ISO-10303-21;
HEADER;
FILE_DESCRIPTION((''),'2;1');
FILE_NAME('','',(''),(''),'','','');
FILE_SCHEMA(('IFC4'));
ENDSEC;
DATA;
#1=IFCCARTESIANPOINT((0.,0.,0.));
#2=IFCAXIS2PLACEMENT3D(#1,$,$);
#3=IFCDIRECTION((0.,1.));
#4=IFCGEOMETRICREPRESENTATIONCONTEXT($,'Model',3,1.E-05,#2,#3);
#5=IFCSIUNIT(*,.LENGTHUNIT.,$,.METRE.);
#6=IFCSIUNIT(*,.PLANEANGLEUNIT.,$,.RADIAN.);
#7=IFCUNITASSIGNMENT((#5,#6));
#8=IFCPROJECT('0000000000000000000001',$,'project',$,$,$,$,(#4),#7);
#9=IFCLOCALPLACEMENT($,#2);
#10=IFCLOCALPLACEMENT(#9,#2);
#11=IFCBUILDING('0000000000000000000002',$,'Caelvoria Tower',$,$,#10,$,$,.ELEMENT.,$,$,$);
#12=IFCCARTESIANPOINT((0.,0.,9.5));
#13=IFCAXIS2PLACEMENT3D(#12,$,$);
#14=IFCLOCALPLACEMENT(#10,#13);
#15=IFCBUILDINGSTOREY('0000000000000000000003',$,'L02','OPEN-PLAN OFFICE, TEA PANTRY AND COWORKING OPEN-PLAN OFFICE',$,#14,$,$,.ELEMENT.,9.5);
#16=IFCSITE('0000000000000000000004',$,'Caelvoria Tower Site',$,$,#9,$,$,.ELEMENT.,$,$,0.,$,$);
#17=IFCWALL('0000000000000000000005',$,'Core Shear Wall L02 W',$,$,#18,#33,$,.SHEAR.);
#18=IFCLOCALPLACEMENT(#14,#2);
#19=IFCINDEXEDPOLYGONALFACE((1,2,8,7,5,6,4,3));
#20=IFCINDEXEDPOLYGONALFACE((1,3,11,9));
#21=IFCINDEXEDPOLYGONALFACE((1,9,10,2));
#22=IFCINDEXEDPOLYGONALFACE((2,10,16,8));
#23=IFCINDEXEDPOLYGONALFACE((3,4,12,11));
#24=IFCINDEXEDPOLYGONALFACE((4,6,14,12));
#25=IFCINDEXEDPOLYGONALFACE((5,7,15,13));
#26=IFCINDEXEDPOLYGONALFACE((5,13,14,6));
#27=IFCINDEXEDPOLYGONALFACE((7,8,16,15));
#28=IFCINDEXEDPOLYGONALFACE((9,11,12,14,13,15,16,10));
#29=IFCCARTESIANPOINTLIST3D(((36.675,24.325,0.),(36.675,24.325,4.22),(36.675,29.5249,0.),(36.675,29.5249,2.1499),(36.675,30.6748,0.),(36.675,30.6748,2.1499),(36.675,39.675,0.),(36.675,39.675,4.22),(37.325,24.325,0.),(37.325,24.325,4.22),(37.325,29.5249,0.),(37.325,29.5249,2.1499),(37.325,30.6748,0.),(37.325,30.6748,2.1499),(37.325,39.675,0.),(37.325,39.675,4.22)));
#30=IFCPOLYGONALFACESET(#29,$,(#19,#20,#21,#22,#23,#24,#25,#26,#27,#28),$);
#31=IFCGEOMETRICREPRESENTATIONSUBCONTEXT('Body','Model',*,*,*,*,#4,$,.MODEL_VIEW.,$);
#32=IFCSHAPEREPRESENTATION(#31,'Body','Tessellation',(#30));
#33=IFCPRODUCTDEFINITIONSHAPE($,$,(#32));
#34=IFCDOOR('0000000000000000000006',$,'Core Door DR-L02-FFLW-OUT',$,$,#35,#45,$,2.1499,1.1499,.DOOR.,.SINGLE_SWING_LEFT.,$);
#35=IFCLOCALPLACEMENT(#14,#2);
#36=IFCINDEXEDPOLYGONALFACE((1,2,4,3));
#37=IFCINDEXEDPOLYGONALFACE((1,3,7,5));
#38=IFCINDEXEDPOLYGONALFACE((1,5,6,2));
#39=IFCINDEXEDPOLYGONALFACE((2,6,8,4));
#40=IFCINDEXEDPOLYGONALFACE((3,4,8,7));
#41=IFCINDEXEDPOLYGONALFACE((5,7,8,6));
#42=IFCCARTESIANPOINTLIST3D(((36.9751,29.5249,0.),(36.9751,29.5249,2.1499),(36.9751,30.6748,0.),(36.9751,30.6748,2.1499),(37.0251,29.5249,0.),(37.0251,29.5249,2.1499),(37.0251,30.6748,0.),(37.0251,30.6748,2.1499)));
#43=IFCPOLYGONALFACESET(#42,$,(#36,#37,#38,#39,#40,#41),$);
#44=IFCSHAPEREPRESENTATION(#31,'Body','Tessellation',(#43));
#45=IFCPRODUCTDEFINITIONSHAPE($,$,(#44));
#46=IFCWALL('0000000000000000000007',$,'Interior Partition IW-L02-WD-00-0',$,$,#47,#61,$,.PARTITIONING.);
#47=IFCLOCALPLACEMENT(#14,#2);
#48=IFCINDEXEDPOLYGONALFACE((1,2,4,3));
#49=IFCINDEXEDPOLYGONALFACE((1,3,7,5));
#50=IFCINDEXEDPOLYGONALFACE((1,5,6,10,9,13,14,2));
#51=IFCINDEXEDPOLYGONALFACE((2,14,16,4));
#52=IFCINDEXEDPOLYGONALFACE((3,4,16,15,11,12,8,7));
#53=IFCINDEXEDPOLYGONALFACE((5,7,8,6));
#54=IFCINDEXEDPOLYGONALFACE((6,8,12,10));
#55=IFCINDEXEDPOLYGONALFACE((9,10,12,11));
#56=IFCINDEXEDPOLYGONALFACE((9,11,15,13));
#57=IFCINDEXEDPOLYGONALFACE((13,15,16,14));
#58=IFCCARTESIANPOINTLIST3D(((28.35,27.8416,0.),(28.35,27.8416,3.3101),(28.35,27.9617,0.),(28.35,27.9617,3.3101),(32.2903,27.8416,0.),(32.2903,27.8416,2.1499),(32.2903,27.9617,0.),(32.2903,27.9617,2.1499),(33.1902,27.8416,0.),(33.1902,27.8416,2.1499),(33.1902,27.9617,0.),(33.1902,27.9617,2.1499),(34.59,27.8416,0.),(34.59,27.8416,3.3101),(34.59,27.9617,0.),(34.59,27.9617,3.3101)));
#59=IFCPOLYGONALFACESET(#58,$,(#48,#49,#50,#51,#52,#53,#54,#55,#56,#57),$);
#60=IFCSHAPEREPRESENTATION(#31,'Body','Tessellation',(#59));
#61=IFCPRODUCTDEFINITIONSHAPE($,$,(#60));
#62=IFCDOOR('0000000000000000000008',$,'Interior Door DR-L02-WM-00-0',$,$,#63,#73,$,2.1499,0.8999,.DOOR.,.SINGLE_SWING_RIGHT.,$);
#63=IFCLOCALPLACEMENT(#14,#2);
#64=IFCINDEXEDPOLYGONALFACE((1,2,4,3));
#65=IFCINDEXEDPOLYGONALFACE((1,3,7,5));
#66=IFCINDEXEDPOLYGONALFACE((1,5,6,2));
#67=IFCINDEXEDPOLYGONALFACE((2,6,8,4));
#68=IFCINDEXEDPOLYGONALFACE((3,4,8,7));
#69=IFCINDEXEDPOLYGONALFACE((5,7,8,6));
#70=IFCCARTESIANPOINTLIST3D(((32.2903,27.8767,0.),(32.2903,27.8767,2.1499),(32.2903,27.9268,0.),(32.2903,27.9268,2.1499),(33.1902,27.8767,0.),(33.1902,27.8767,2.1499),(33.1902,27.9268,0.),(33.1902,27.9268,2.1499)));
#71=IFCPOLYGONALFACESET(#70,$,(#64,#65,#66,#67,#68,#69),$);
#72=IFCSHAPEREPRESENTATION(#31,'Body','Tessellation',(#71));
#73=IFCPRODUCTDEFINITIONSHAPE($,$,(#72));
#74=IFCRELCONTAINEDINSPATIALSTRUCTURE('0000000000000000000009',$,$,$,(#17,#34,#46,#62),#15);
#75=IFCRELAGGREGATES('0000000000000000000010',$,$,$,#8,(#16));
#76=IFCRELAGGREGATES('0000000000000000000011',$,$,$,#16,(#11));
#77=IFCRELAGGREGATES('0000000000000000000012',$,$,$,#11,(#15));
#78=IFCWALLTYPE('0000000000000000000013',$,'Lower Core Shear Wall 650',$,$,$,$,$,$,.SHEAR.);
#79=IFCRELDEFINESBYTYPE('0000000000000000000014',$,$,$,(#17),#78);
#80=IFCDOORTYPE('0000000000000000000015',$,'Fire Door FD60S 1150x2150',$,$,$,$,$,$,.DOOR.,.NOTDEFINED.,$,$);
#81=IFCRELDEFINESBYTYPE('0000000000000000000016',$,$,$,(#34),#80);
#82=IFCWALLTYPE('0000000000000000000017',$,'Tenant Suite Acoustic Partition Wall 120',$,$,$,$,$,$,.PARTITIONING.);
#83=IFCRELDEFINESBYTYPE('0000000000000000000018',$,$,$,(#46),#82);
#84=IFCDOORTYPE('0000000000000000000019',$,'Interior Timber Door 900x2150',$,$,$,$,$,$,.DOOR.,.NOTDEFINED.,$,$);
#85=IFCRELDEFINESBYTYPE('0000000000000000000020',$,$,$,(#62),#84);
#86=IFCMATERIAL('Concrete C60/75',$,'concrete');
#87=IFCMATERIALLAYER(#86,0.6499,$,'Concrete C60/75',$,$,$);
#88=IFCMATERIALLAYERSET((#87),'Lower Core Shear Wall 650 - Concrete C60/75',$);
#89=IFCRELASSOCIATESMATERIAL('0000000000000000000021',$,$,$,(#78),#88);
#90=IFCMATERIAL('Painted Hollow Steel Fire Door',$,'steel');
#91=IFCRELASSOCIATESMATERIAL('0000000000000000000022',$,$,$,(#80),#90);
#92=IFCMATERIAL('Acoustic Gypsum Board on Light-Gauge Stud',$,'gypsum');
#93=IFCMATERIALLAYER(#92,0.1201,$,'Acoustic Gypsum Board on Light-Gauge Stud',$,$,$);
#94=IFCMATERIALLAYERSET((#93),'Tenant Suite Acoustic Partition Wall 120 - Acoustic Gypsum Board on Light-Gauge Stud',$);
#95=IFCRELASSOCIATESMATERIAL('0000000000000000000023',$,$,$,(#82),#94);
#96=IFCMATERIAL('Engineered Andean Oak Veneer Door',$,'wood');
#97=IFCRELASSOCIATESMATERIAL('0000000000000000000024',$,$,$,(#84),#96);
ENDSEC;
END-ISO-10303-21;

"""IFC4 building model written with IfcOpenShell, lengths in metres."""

from ifc_helpers import new_model, si_unit, direction, frame, frame_2d, origin, place, context, subcontext, project, spatial, rectangle, extrude, material, layer, layer_set, type_object, element, fill, save


model = new_model("IFC4")

# Units and contexts
model_context = context("Model", 3, precision=1e-05, world=origin(), true_north=direction((0.0, 1.0)))
body_context = subcontext(model_context, "Body", "Model", "MODEL_VIEW")
ifc_project = project(units=[si_unit("LENGTHUNIT", "METRE"), si_unit("PLANEANGLEUNIT", "RADIAN")], contexts=[model_context])

# Site, building, storey
site_placement = place(None, origin())
site = spatial("IfcSite", under=ifc_project, at=site_placement, Name="Caelvoria Tower Site", CompositionType="ELEMENT", RefElevation=0.0)
building_placement = place(site_placement, origin())
building = spatial("IfcBuilding", under=site, at=building_placement, Name="Caelvoria Tower", CompositionType="ELEMENT")
storey_placement = place(building_placement, frame((0.0, 0.0, 9.5)))
storey = spatial("IfcBuildingStorey", under=building, at=storey_placement, Name="L02", Description="OPEN-PLAN OFFICE, TEA PANTRY AND COWORKING OPEN-PLAN OFFICE", CompositionType="ELEMENT", Elevation=9.5)

# Shared definitions
ifc_material_1 = material(Name="Painted Hollow Steel Fire Door", Category="steel")

# Shared definitions
ifc_material_2 = material(Name="Concrete C60/75", Category="concrete")
ifc_layer_1 = layer(ifc_material_2, 0.6499, Name="Concrete C60/75")
ifc_layer_set_1 = layer_set([ifc_layer_1], Name="Lower Core Shear Wall 650 - Concrete C60/75")
wall_type_1 = type_object("IfcWallType", Name="Lower Core Shear Wall 650", PredefinedType="SHEAR", material=ifc_layer_set_1)

# Walls, openings, doors
wall_1_placement = place(storey_placement, frame((37.0, 24.325, 0.0), z_axis=(0.0, 0.0, 1.0), x_axis=(0.0, 1.0, 0.0)))
wall_1 = element("IfcWall", 1, at=wall_1_placement, inside=storey, type_object=wall_type_1, Name="Core Shear Wall L02 W", PredefinedType="SHEAR", context=body_context, shape_type="SweptSolid", body=[
    extrude(rectangle(XDim=15.3501, YDim=0.6499, at=frame_2d((7.675, 0.0))), origin(), (0.0, 0.0, 1.0), 4.22),
])
opening_1_placement = place(wall_1_placement, frame((5.2, 0.0, 0.0)))
opening_1 = element("IfcOpeningElement", 2, at=opening_1_placement, cuts=wall_1, PredefinedType="OPENING", context=body_context, shape_type="SweptSolid", body=[
    extrude(rectangle(XDim=1.1499, YDim=2.1499, at=frame_2d((0.575, 1.075))), frame((0.0, 0.335, 0.0), z_axis=(0.0, -1.0, 0.0), x_axis=(1.0, 0.0, 0.0)), (0.0, 0.0, 1.0), 0.6699),
])
door_type_1 = type_object("IfcDoorType", Name="Fire Door FD60S 1150x2150", OperationType="NOTDEFINED", PredefinedType="DOOR", material=ifc_material_1)
door_1_placement = place(opening_1_placement, origin())
door_1 = element("IfcDoor", 3, at=door_1_placement, inside=storey, type_object=door_type_1, Name="Core Door DR-L02-FFLW-OUT", OperationType="SINGLE_SWING_LEFT", OverallHeight=2.1499, OverallWidth=1.1499, PredefinedType="DOOR", context=body_context, shape_type="SweptSolid", body=[
    extrude(rectangle(XDim=1.1499, YDim=2.1499, at=frame_2d((0.575, 1.075))), frame((0.0, 0.0249, 0.0), z_axis=(0.0, -1.0, 0.0), x_axis=(1.0, 0.0, 0.0)), (0.0, 0.0, 1.0), 0.05),
])
fill(opening_1, door_1)
ifc_material_3 = material(Name="Acoustic Gypsum Board on Light-Gauge Stud", Category="gypsum")
ifc_layer_2 = layer(ifc_material_3, 0.1201, Name="Acoustic Gypsum Board on Light-Gauge Stud")
ifc_layer_set_2 = layer_set([ifc_layer_2], Name="Tenant Suite Acoustic Partition Wall 120 - Acoustic Gypsum Board on Light-Gauge Stud")
wall_type_2 = type_object("IfcWallType", Name="Tenant Suite Acoustic Partition Wall 120", PredefinedType="PARTITIONING", material=ifc_layer_set_2)
wall_2_placement = place(storey_placement, frame((34.5901, 27.9016, 0.0), z_axis=(0.0, 0.0, 1.0), x_axis=(-1.0, 0.0, 0.0)))
wall_2 = element("IfcWall", 4, at=wall_2_placement, inside=storey, type_object=wall_type_2, Name="Interior Partition IW-L02-WD-00-0", PredefinedType="PARTITIONING", context=body_context, shape_type="SweptSolid", body=[
    extrude(rectangle(XDim=6.24, YDim=0.1201, at=frame_2d((3.1201, 0.0))), origin(), (0.0, 0.0, 1.0), 3.3101),
])
opening_2_placement = place(wall_2_placement, frame((1.3999, 0.0, 0.0)))
opening_2 = element("IfcOpeningElement", 5, at=opening_2_placement, cuts=wall_2, PredefinedType="OPENING", context=body_context, shape_type="SweptSolid", body=[
    extrude(rectangle(XDim=0.8999, YDim=2.1499, at=frame_2d((0.45, 1.075))), frame((0.0, 0.0701, 0.0), z_axis=(0.0, -1.0, 0.0), x_axis=(1.0, 0.0, 0.0)), (0.0, 0.0, 1.0), 0.1401),
])
ifc_material_4 = material(Name="Engineered Andean Oak Veneer Door", Category="wood")
door_type_2 = type_object("IfcDoorType", Name="Interior Timber Door 900x2150", OperationType="NOTDEFINED", PredefinedType="DOOR", material=ifc_material_4)
door_2_placement = place(opening_2_placement, origin())
door_2 = element("IfcDoor", 6, at=door_2_placement, inside=storey, type_object=door_type_2, Name="Interior Door DR-L02-WM-00-0", OperationType="SINGLE_SWING_RIGHT", OverallHeight=2.1499, OverallWidth=0.8999, PredefinedType="DOOR", context=body_context, shape_type="SweptSolid", body=[
    extrude(rectangle(XDim=0.8999, YDim=2.1499, at=frame_2d((0.45, 1.075))), frame((0.0, 0.0249, 0.0), z_axis=(0.0, -1.0, 0.0), x_axis=(1.0, 0.0, 0.0)), (0.0, 0.0, 1.0), 0.05),
])
fill(opening_2, door_2)

save(model, "model.ifc")
